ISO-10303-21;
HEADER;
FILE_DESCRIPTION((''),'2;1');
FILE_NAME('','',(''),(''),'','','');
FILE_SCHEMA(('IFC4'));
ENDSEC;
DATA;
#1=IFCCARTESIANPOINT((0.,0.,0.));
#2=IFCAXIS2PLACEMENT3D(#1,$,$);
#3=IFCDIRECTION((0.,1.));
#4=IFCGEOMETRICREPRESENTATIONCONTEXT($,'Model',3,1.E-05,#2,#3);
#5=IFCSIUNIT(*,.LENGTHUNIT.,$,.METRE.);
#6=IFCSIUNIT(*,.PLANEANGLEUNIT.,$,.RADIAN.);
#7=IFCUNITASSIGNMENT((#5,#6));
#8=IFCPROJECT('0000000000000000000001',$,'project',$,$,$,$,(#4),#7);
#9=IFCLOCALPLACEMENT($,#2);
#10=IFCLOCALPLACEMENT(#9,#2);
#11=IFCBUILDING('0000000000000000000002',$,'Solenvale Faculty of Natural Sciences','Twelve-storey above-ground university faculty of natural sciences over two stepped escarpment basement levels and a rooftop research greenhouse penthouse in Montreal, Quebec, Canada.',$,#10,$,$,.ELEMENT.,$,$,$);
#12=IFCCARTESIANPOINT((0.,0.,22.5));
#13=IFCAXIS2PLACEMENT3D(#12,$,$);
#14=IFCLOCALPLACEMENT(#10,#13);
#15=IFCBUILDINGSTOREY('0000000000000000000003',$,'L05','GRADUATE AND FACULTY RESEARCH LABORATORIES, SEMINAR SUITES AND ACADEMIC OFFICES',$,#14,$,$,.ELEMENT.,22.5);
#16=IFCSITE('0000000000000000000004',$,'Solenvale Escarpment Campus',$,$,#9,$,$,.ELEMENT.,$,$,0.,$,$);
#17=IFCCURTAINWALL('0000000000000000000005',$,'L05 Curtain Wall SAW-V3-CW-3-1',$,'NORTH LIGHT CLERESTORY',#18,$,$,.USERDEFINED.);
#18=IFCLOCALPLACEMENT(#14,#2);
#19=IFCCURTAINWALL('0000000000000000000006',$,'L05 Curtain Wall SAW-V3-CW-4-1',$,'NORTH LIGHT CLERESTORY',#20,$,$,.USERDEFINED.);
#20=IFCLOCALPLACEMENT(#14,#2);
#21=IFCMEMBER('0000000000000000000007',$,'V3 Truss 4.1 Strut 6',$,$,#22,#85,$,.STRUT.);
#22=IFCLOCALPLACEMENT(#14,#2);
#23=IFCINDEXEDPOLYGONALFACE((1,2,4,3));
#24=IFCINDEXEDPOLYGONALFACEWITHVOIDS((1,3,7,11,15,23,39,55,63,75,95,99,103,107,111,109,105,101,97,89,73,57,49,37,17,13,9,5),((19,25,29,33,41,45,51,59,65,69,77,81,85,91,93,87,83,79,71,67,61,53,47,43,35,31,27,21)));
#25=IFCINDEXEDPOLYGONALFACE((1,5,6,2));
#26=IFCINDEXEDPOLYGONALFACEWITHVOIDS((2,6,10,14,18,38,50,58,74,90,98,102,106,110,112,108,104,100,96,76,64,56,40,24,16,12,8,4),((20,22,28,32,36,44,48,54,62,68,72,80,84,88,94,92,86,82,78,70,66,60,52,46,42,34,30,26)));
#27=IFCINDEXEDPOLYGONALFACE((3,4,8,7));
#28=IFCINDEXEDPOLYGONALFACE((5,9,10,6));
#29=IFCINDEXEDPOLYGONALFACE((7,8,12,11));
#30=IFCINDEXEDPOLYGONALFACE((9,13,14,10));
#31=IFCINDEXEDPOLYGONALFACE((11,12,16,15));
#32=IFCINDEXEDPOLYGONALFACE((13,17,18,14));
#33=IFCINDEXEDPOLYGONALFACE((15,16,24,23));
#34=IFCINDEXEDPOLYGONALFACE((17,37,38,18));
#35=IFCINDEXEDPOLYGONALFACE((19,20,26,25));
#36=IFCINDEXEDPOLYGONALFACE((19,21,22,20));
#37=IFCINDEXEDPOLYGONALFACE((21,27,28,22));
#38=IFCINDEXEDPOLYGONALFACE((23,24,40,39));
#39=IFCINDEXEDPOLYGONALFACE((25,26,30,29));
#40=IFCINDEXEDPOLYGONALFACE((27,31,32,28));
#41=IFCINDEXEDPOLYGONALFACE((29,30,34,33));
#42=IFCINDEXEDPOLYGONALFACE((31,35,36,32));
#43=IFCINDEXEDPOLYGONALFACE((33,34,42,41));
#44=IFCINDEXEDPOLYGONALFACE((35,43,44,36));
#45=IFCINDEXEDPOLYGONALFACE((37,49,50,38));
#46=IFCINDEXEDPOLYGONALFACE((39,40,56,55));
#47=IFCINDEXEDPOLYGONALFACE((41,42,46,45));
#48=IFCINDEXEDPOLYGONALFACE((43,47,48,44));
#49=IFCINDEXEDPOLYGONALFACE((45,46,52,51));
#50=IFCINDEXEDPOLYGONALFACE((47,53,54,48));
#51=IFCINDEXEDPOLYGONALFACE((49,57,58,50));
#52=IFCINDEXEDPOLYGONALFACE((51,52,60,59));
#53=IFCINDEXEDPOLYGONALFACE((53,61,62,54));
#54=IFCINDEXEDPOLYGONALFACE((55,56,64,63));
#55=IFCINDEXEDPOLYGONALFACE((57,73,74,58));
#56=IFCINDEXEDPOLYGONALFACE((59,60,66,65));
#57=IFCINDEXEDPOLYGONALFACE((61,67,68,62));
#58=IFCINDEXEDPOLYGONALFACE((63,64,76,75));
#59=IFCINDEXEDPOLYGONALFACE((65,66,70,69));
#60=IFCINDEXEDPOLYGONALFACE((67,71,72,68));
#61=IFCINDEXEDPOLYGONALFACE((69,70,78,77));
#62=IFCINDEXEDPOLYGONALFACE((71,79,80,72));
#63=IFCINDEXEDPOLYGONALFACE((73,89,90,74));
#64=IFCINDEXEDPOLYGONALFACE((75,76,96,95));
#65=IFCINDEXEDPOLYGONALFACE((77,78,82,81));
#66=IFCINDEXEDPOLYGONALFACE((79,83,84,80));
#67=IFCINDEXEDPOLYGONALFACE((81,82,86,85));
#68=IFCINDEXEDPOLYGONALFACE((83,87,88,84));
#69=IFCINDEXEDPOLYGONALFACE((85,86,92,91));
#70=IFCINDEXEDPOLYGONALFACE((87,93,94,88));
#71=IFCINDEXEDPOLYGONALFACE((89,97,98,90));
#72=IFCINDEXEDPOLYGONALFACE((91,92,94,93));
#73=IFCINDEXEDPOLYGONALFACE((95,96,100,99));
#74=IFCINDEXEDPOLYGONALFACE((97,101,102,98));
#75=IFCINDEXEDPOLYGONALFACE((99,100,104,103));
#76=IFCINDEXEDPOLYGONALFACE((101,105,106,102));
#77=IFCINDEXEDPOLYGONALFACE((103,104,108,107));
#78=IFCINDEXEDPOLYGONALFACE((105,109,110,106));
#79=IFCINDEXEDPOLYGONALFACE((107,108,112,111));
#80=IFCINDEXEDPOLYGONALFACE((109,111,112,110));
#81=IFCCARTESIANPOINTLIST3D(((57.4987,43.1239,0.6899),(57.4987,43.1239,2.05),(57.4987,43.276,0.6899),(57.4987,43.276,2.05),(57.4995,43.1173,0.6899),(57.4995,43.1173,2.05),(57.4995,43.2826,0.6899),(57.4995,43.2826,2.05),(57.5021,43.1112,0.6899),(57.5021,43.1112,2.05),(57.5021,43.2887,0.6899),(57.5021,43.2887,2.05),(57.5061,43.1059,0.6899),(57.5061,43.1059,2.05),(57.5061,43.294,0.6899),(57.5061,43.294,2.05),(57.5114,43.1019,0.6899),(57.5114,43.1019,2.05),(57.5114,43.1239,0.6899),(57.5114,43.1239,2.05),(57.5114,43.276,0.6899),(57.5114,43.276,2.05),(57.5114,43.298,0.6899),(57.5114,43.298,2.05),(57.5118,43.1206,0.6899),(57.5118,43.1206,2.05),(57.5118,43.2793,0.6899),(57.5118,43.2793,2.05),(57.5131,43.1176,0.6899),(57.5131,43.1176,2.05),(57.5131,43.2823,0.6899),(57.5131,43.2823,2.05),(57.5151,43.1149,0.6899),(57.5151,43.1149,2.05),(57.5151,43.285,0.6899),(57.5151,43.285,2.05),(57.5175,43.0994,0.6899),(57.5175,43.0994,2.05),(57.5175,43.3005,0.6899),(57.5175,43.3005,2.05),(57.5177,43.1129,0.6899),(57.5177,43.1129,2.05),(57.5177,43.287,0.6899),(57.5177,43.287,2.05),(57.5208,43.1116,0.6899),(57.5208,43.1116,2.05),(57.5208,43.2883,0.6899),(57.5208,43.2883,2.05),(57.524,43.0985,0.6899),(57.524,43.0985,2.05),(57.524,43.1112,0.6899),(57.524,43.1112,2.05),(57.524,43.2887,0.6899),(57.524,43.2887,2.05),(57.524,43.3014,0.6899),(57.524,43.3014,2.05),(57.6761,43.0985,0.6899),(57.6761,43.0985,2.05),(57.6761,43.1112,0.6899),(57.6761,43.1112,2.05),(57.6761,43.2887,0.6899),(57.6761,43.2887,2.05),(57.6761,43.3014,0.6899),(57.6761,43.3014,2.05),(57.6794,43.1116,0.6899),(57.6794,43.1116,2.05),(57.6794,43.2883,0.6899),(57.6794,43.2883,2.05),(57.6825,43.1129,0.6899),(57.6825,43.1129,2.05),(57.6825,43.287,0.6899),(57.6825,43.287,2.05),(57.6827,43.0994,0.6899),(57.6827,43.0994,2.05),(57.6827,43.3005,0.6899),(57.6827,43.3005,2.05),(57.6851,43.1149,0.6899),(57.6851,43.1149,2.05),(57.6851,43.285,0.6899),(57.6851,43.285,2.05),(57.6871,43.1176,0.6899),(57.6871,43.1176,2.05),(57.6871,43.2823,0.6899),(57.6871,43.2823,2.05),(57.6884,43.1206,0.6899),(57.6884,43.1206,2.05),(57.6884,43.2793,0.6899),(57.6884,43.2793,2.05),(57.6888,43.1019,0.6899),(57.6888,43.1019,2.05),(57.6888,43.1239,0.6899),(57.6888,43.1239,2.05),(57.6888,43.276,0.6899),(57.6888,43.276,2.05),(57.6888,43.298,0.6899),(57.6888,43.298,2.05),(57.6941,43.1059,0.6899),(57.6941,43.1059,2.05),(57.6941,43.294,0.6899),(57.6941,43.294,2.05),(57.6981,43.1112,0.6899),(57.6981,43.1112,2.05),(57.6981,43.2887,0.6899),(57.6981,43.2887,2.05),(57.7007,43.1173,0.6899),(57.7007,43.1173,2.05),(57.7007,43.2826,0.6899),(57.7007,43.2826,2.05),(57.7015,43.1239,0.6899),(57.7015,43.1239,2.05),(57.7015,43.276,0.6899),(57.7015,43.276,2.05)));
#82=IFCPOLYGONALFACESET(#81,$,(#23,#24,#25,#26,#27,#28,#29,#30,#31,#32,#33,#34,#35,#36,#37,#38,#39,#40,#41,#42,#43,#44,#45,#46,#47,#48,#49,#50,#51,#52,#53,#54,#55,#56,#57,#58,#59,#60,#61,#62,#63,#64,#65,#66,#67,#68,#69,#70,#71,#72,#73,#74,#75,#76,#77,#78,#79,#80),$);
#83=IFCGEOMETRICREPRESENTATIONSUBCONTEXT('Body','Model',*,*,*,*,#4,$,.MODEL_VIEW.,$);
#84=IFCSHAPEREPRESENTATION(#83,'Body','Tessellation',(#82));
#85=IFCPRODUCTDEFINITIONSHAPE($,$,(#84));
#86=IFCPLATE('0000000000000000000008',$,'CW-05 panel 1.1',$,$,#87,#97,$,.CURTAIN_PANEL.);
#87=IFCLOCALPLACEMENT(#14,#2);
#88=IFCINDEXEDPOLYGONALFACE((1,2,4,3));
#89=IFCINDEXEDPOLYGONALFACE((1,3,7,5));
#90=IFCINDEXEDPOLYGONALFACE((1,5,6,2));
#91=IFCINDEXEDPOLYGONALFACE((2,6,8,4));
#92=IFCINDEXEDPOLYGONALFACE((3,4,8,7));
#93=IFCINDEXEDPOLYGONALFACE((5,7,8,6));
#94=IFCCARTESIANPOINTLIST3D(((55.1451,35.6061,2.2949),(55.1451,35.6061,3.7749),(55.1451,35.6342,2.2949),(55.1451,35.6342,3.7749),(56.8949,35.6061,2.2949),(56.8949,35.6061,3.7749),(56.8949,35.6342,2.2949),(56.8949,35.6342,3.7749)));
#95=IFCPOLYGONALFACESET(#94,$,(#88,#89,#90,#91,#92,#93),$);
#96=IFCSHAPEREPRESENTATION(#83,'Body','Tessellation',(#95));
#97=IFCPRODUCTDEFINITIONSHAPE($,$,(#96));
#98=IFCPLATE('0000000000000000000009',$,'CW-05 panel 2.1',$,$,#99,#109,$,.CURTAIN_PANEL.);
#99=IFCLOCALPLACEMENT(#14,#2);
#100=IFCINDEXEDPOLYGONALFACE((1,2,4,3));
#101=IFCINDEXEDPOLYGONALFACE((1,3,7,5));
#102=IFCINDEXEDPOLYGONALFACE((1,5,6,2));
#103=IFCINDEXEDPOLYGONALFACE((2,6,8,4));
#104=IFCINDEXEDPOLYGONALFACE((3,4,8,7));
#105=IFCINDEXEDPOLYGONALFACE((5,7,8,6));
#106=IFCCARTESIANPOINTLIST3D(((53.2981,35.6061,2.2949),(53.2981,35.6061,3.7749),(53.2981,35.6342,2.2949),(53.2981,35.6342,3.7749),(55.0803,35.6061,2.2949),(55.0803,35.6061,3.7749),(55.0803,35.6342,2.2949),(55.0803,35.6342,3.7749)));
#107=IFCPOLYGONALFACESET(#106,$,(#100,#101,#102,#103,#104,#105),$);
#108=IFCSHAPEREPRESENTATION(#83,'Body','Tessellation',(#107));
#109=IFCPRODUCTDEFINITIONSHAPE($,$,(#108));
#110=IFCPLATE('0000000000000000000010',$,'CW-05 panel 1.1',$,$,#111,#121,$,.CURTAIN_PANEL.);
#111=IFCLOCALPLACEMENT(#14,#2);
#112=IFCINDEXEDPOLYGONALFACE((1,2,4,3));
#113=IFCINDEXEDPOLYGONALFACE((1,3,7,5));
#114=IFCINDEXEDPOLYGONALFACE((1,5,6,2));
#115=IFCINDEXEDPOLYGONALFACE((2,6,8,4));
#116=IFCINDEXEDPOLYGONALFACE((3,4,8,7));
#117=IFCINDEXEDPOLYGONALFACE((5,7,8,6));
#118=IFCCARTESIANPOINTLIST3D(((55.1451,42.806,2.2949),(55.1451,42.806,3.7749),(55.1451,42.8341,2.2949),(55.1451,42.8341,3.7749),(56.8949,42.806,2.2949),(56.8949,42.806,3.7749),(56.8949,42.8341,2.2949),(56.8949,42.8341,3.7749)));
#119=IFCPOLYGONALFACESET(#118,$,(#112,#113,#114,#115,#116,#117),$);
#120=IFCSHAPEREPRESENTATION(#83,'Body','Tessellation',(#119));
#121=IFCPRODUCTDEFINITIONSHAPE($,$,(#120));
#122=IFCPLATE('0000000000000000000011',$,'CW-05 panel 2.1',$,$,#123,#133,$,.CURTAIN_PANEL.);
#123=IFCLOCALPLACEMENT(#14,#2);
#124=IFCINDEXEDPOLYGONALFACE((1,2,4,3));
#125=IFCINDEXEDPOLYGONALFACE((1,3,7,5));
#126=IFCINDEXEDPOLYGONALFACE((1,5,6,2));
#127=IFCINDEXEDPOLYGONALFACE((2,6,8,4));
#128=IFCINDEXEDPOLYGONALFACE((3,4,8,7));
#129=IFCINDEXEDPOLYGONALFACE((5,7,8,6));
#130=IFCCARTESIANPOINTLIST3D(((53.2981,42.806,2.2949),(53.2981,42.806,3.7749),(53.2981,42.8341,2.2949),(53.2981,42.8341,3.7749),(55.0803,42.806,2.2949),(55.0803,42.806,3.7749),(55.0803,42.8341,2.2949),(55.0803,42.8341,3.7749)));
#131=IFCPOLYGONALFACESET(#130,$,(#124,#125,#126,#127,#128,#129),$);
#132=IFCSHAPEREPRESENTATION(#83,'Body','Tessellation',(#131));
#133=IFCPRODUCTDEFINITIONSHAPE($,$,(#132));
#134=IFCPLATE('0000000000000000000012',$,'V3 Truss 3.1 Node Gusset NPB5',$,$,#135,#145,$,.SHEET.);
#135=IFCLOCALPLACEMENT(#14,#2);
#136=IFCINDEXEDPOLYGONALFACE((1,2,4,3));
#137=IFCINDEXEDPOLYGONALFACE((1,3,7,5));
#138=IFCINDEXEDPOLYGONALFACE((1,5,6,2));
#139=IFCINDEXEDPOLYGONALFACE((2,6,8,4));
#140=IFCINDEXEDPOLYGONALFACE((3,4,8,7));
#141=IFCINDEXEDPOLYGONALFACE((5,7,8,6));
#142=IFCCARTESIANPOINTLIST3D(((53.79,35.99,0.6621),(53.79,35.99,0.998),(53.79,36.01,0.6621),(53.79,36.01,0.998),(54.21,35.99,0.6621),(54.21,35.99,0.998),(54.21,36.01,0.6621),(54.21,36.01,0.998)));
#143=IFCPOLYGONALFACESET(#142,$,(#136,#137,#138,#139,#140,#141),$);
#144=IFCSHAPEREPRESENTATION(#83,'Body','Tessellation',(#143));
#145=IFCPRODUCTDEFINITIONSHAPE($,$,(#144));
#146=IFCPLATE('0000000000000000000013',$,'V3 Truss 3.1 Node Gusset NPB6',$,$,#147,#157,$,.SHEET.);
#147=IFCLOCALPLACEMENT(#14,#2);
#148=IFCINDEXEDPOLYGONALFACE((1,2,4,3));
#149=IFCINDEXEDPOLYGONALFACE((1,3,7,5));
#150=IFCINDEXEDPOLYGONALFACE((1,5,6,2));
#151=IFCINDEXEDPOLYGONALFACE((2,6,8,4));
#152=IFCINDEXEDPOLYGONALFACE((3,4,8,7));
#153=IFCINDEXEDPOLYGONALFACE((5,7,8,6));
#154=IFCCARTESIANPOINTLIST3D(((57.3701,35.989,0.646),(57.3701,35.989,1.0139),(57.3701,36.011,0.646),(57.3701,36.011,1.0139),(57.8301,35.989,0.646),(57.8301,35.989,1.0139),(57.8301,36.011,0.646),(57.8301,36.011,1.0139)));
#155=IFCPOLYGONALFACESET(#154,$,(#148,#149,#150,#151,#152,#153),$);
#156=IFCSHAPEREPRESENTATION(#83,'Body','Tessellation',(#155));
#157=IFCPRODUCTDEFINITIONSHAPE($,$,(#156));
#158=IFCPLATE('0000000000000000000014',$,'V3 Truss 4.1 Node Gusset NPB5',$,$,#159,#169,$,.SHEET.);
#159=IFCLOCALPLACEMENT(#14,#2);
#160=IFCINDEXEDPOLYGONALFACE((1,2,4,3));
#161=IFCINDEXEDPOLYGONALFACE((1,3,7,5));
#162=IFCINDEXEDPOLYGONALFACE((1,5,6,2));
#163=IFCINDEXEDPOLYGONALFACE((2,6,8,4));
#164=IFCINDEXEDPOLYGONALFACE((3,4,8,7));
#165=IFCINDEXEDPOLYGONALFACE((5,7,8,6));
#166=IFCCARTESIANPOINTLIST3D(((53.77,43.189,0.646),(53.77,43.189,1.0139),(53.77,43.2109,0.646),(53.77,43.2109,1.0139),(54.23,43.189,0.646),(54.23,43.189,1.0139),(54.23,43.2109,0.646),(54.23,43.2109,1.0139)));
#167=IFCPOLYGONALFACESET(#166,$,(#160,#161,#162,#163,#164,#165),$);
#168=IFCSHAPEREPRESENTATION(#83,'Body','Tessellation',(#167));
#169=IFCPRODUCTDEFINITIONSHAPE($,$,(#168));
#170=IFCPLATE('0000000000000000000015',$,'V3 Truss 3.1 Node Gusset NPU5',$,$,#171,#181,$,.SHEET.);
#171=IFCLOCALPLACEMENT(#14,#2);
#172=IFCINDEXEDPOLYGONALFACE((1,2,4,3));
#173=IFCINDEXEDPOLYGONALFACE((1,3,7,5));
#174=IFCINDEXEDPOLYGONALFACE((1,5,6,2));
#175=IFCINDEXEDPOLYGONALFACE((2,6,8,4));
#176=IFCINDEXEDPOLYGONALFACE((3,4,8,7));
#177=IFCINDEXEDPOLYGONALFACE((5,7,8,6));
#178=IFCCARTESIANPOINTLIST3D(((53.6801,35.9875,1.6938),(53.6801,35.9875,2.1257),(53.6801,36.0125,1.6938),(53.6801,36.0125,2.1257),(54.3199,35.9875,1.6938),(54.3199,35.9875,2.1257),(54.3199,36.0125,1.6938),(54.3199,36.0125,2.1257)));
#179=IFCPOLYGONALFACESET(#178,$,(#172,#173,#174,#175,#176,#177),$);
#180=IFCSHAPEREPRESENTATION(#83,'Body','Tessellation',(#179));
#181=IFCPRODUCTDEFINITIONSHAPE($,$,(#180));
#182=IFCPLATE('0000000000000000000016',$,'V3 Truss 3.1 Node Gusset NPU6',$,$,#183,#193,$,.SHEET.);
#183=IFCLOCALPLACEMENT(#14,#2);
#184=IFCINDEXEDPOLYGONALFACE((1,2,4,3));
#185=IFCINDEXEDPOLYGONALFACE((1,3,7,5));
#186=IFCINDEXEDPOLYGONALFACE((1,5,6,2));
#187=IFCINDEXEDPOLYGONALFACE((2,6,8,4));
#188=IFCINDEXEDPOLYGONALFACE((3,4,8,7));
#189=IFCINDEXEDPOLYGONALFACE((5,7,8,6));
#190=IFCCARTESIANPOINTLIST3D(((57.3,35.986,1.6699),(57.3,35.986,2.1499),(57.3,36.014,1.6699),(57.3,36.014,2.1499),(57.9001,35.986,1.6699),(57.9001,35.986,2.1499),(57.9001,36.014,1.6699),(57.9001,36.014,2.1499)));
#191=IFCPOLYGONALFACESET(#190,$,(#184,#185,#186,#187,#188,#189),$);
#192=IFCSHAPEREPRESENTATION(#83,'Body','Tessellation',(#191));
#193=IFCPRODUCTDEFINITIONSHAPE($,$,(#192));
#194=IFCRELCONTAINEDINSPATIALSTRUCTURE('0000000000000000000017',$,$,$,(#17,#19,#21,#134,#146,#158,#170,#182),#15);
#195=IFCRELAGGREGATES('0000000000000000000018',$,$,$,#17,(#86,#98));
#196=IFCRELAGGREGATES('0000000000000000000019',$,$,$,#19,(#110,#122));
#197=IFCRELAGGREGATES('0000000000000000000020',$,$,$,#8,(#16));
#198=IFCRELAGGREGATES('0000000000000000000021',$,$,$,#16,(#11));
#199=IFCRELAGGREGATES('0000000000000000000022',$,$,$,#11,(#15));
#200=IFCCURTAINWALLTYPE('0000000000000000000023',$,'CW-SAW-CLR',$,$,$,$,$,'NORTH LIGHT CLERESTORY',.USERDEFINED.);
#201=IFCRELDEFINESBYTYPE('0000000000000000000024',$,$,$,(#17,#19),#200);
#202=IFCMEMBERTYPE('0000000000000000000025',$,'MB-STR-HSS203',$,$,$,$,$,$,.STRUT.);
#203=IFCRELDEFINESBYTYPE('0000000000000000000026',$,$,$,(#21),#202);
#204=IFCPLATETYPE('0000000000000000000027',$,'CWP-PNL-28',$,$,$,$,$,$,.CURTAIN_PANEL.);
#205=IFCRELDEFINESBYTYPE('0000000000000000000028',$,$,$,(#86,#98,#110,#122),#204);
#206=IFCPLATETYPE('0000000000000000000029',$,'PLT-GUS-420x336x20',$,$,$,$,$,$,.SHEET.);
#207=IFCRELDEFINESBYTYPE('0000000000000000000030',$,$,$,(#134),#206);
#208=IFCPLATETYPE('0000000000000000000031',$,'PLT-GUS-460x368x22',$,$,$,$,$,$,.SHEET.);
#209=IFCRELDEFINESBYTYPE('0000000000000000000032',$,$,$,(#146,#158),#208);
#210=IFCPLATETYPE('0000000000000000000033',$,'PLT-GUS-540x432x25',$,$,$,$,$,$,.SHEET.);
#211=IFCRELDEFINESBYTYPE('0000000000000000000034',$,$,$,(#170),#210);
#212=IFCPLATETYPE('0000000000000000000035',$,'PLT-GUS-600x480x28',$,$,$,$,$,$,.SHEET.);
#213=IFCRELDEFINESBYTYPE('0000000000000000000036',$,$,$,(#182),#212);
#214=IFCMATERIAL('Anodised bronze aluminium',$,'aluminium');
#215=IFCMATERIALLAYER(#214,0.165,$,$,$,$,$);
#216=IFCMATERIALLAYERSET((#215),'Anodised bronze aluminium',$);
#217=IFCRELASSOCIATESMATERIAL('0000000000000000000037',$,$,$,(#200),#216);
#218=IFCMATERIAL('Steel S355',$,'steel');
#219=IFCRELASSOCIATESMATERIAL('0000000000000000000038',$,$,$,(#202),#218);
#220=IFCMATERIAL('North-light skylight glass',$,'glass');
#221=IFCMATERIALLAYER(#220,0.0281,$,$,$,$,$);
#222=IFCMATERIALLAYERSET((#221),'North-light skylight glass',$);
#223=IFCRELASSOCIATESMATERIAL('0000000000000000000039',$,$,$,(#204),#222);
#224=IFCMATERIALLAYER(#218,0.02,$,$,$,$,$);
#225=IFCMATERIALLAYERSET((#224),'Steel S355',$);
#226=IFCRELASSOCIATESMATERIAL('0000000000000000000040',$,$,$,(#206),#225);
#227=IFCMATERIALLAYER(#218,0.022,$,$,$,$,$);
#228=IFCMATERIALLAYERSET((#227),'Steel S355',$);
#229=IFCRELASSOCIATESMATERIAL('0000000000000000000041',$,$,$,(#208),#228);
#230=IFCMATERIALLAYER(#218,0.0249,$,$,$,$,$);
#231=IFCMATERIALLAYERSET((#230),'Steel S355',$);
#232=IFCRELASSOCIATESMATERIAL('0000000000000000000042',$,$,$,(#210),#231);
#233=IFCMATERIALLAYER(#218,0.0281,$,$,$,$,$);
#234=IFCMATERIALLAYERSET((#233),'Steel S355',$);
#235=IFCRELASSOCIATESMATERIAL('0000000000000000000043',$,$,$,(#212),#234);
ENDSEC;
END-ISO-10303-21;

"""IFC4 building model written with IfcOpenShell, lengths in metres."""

from ifc_helpers import new_model, si_unit, direction, frame, origin, origin_2d, place, context, subcontext, project, spatial, rectangle, hollow_rectangle, extrude, material, layer, layer_set, material_profile, profile_set, type_object, element, aggregate, save


model = new_model("IFC4")

# Units and contexts
model_context = context("Model", 3, precision=1e-05, world=origin(), true_north=direction((0.0, 1.0)))
body_context = subcontext(model_context, "Body", "Model", "MODEL_VIEW")
ifc_project = project(units=[si_unit("LENGTHUNIT", "METRE"), si_unit("PLANEANGLEUNIT", "RADIAN")], contexts=[model_context])

# Site, building, storey
site_placement = place(None, origin())
site = spatial("IfcSite", under=ifc_project, at=site_placement, Name="Solenvale Escarpment Campus", CompositionType="ELEMENT", RefElevation=0.0)
building_placement = place(site_placement, origin())
building = spatial("IfcBuilding", under=site, at=building_placement, Name="Solenvale Faculty of Natural Sciences", Description="Twelve-storey above-ground university faculty of natural sciences over two stepped escarpment basement levels and a rooftop research greenhouse penthouse in Montreal, Quebec, Canada.", CompositionType="ELEMENT")
storey_placement = place(building_placement, frame((0.0, 0.0, 22.5)))
storey = spatial("IfcBuildingStorey", under=building, at=storey_placement, Name="L05", Description="GRADUATE AND FACULTY RESEARCH LABORATORIES, SEMINAR SUITES AND ACADEMIC OFFICES", CompositionType="ELEMENT", Elevation=22.5)

# Shared definitions
ifc_material_1 = material(Name="Steel S355", Category="steel")

# Curtain walls
ifc_material_2 = material(Name="Anodised bronze aluminium", Category="aluminium")
ifc_layer_1 = layer(ifc_material_2, 0.165)
ifc_layer_set_1 = layer_set([ifc_layer_1], Name="Anodised bronze aluminium")
curtain_wall_type = type_object("IfcCurtainWallType", Name="CW-SAW-CLR", ElementType="NORTH LIGHT CLERESTORY", PredefinedType="USERDEFINED", material=ifc_layer_set_1)
curtain_wall_1_placement = place(storey_placement, origin())
curtain_wall_1 = element("IfcCurtainWall", 1, at=curtain_wall_1_placement, inside=storey, type_object=curtain_wall_type, Name="L05 Curtain Wall SAW-V3-CW-3-1", ObjectType="NORTH LIGHT CLERESTORY", PredefinedType="USERDEFINED")
curtain_wall_2_placement = place(storey_placement, origin())
curtain_wall_2 = element("IfcCurtainWall", 2, at=curtain_wall_2_placement, inside=storey, type_object=curtain_wall_type, Name="L05 Curtain Wall SAW-V3-CW-4-1", ObjectType="NORTH LIGHT CLERESTORY", PredefinedType="USERDEFINED")

# Member
ifc_material_profile_1 = material_profile(ifc_material_1, hollow_rectangle(XDim=0.2029, YDim=0.2029, WallThickness=0.0127, InnerFilletRadius=0.0127, OuterFilletRadius=0.0254, at=origin_2d()), Name="HSS203x203x13")
ifc_profile_set_1 = profile_set([ifc_material_profile_1], Name="Steel S355")
member_type_1 = type_object("IfcMemberType", Name="MB-STR-HSS203", PredefinedType="STRUT", material=ifc_profile_set_1)
for number, where, z_axis, x_axis, name in (
    (3, (57.6001, 43.2, 0.6899), (0.0, 0.0, 1.0), (1.0, 0.0, 0.0), "V3 Truss 4.1 Strut 6"),
):
    element("IfcMember", number, at=place(storey_placement, frame(where, z_axis=z_axis, x_axis=x_axis)), inside=storey, type_object=member_type_1, Name=name, PredefinedType="STRUT", context=body_context, shape_type="SweptSolid", body=[
        extrude(hollow_rectangle(XDim=0.2029, YDim=0.2029, WallThickness=0.0127, InnerFilletRadius=0.0127, OuterFilletRadius=0.0254, at=origin_2d()), origin(), (0.0, 0.0, 1.0), 1.3601),
    ])

# Plates
ifc_material_3 = material(Name="North-light skylight glass", Category="glass")
ifc_layer_2 = layer(ifc_material_3, 0.0281)
ifc_layer_set_2 = layer_set([ifc_layer_2], Name="North-light skylight glass")
plate_type_1 = type_object("IfcPlateType", Name="CWP-PNL-28", PredefinedType="CURTAIN_PANEL", material=ifc_layer_set_2)
plate_1_placement = place(storey_placement, frame((56.02, 35.6201, 2.2949), z_axis=(0.0, 0.0, 1.0), x_axis=(-1.0, 0.0, 0.0)))
plate_1 = element("IfcPlate", 4, at=plate_1_placement, type_object=plate_type_1, Name="CW-05 panel 1.1", PredefinedType="CURTAIN_PANEL", context=body_context, shape_type="SweptSolid", body=[
    extrude(rectangle(XDim=1.7498, YDim=0.0281, at=origin_2d()), origin(), (0.0, 0.0, 1.0), 1.48),
])
plate_2_placement = place(storey_placement, frame((54.1892, 35.6201, 2.2949), z_axis=(0.0, 0.0, 1.0), x_axis=(-1.0, 0.0, 0.0)))
plate_2 = element("IfcPlate", 5, at=plate_2_placement, type_object=plate_type_1, Name="CW-05 panel 2.1", PredefinedType="CURTAIN_PANEL", context=body_context, shape_type="SweptSolid", body=[
    extrude(rectangle(XDim=1.7822, YDim=0.0281, at=origin_2d()), origin(), (0.0, 0.0, 1.0), 1.48),
])
aggregate(curtain_wall_1, [plate_1, plate_2])
plate_3_placement = place(storey_placement, frame((56.02, 42.8201, 2.2949), z_axis=(0.0, 0.0, 1.0), x_axis=(-1.0, 0.0, 0.0)))
plate_3 = element("IfcPlate", 6, at=plate_3_placement, type_object=plate_type_1, Name="CW-05 panel 1.1", PredefinedType="CURTAIN_PANEL", context=body_context, shape_type="SweptSolid", body=[
    extrude(rectangle(XDim=1.7498, YDim=0.0281, at=origin_2d()), origin(), (0.0, 0.0, 1.0), 1.48),
])
plate_4_placement = place(storey_placement, frame((54.1892, 42.8201, 2.2949), z_axis=(0.0, 0.0, 1.0), x_axis=(-1.0, 0.0, 0.0)))
plate_4 = element("IfcPlate", 7, at=plate_4_placement, type_object=plate_type_1, Name="CW-05 panel 2.1", PredefinedType="CURTAIN_PANEL", context=body_context, shape_type="SweptSolid", body=[
    extrude(rectangle(XDim=1.7822, YDim=0.0281, at=origin_2d()), origin(), (0.0, 0.0, 1.0), 1.48),
])
aggregate(curtain_wall_2, [plate_3, plate_4])

# Plates
ifc_layer_3 = layer(ifc_material_1, 0.02)
ifc_layer_set_3 = layer_set([ifc_layer_3], Name="Steel S355")
plate_type_2 = type_object("IfcPlateType", Name="PLT-GUS-420x336x20", PredefinedType="SHEET", material=ifc_layer_set_3)
plate_5_placement = place(storey_placement, frame((54.0, 36.0, 0.6621), z_axis=(0.0, 0.0, 1.0), x_axis=(1.0, 0.0, 0.0)))
element("IfcPlate", 8, at=plate_5_placement, inside=storey, type_object=plate_type_2, Name="V3 Truss 3.1 Node Gusset NPB5", PredefinedType="SHEET", context=body_context, shape_type="SweptSolid", body=[
    extrude(rectangle(XDim=0.4199, YDim=0.02, at=origin_2d()), origin(), (0.0, 0.0, 1.0), 0.3359),
])
ifc_layer_4 = layer(ifc_material_1, 0.022)
ifc_layer_set_4 = layer_set([ifc_layer_4], Name="Steel S355")
plate_type_3 = type_object("IfcPlateType", Name="PLT-GUS-460x368x22", PredefinedType="SHEET", material=ifc_layer_set_4)
for number, where, z_axis, x_axis, name in (
    (9, (57.6001, 36.0, 0.646), (0.0, 0.0, 1.0), (1.0, 0.0, 0.0), "V3 Truss 3.1 Node Gusset NPB6"),
    (10, (54.0, 43.2, 0.646), (0.0, 0.0, 1.0), (1.0, 0.0, 0.0), "V3 Truss 4.1 Node Gusset NPB5"),
):
    element("IfcPlate", number, at=place(storey_placement, frame(where, z_axis=z_axis, x_axis=x_axis)), inside=storey, type_object=plate_type_3, Name=name, PredefinedType="SHEET", context=body_context, shape_type="SweptSolid", body=[
        extrude(rectangle(XDim=0.46, YDim=0.022, at=origin_2d()), origin(), (0.0, 0.0, 1.0), 0.3679),
    ])
ifc_layer_5 = layer(ifc_material_1, 0.0249)
ifc_layer_set_5 = layer_set([ifc_layer_5], Name="Steel S355")
plate_type_4 = type_object("IfcPlateType", Name="PLT-GUS-540x432x25", PredefinedType="SHEET", material=ifc_layer_set_5)
plate_6_placement = place(storey_placement, frame((54.0, 36.0, 1.6938), z_axis=(0.0, 0.0, 1.0), x_axis=(1.0, 0.0, 0.0)))
element("IfcPlate", 11, at=plate_6_placement, inside=storey, type_object=plate_type_4, Name="V3 Truss 3.1 Node Gusset NPU5", PredefinedType="SHEET", context=body_context, shape_type="SweptSolid", body=[
    extrude(rectangle(XDim=0.6399, YDim=0.0249, at=origin_2d()), origin(), (0.0, 0.0, 1.0), 0.4319),
])
ifc_layer_6 = layer(ifc_material_1, 0.0281)
ifc_layer_set_6 = layer_set([ifc_layer_6], Name="Steel S355")
plate_type_5 = type_object("IfcPlateType", Name="PLT-GUS-600x480x28", PredefinedType="SHEET", material=ifc_layer_set_6)
for number, where, z_axis, x_axis, name in (
    (12, (57.6001, 36.0, 1.6699), (0.0, 0.0, 1.0), (1.0, 0.0, 0.0), "V3 Truss 3.1 Node Gusset NPU6"),
):
    element("IfcPlate", number, at=place(storey_placement, frame(where, z_axis=z_axis, x_axis=x_axis)), inside=storey, type_object=plate_type_5, Name=name, PredefinedType="SHEET", context=body_context, shape_type="SweptSolid", body=[
        extrude(rectangle(XDim=0.6001, YDim=0.0281, at=origin_2d()), origin(), (0.0, 0.0, 1.0), 0.48),
    ])

save(model, "model.ifc")
